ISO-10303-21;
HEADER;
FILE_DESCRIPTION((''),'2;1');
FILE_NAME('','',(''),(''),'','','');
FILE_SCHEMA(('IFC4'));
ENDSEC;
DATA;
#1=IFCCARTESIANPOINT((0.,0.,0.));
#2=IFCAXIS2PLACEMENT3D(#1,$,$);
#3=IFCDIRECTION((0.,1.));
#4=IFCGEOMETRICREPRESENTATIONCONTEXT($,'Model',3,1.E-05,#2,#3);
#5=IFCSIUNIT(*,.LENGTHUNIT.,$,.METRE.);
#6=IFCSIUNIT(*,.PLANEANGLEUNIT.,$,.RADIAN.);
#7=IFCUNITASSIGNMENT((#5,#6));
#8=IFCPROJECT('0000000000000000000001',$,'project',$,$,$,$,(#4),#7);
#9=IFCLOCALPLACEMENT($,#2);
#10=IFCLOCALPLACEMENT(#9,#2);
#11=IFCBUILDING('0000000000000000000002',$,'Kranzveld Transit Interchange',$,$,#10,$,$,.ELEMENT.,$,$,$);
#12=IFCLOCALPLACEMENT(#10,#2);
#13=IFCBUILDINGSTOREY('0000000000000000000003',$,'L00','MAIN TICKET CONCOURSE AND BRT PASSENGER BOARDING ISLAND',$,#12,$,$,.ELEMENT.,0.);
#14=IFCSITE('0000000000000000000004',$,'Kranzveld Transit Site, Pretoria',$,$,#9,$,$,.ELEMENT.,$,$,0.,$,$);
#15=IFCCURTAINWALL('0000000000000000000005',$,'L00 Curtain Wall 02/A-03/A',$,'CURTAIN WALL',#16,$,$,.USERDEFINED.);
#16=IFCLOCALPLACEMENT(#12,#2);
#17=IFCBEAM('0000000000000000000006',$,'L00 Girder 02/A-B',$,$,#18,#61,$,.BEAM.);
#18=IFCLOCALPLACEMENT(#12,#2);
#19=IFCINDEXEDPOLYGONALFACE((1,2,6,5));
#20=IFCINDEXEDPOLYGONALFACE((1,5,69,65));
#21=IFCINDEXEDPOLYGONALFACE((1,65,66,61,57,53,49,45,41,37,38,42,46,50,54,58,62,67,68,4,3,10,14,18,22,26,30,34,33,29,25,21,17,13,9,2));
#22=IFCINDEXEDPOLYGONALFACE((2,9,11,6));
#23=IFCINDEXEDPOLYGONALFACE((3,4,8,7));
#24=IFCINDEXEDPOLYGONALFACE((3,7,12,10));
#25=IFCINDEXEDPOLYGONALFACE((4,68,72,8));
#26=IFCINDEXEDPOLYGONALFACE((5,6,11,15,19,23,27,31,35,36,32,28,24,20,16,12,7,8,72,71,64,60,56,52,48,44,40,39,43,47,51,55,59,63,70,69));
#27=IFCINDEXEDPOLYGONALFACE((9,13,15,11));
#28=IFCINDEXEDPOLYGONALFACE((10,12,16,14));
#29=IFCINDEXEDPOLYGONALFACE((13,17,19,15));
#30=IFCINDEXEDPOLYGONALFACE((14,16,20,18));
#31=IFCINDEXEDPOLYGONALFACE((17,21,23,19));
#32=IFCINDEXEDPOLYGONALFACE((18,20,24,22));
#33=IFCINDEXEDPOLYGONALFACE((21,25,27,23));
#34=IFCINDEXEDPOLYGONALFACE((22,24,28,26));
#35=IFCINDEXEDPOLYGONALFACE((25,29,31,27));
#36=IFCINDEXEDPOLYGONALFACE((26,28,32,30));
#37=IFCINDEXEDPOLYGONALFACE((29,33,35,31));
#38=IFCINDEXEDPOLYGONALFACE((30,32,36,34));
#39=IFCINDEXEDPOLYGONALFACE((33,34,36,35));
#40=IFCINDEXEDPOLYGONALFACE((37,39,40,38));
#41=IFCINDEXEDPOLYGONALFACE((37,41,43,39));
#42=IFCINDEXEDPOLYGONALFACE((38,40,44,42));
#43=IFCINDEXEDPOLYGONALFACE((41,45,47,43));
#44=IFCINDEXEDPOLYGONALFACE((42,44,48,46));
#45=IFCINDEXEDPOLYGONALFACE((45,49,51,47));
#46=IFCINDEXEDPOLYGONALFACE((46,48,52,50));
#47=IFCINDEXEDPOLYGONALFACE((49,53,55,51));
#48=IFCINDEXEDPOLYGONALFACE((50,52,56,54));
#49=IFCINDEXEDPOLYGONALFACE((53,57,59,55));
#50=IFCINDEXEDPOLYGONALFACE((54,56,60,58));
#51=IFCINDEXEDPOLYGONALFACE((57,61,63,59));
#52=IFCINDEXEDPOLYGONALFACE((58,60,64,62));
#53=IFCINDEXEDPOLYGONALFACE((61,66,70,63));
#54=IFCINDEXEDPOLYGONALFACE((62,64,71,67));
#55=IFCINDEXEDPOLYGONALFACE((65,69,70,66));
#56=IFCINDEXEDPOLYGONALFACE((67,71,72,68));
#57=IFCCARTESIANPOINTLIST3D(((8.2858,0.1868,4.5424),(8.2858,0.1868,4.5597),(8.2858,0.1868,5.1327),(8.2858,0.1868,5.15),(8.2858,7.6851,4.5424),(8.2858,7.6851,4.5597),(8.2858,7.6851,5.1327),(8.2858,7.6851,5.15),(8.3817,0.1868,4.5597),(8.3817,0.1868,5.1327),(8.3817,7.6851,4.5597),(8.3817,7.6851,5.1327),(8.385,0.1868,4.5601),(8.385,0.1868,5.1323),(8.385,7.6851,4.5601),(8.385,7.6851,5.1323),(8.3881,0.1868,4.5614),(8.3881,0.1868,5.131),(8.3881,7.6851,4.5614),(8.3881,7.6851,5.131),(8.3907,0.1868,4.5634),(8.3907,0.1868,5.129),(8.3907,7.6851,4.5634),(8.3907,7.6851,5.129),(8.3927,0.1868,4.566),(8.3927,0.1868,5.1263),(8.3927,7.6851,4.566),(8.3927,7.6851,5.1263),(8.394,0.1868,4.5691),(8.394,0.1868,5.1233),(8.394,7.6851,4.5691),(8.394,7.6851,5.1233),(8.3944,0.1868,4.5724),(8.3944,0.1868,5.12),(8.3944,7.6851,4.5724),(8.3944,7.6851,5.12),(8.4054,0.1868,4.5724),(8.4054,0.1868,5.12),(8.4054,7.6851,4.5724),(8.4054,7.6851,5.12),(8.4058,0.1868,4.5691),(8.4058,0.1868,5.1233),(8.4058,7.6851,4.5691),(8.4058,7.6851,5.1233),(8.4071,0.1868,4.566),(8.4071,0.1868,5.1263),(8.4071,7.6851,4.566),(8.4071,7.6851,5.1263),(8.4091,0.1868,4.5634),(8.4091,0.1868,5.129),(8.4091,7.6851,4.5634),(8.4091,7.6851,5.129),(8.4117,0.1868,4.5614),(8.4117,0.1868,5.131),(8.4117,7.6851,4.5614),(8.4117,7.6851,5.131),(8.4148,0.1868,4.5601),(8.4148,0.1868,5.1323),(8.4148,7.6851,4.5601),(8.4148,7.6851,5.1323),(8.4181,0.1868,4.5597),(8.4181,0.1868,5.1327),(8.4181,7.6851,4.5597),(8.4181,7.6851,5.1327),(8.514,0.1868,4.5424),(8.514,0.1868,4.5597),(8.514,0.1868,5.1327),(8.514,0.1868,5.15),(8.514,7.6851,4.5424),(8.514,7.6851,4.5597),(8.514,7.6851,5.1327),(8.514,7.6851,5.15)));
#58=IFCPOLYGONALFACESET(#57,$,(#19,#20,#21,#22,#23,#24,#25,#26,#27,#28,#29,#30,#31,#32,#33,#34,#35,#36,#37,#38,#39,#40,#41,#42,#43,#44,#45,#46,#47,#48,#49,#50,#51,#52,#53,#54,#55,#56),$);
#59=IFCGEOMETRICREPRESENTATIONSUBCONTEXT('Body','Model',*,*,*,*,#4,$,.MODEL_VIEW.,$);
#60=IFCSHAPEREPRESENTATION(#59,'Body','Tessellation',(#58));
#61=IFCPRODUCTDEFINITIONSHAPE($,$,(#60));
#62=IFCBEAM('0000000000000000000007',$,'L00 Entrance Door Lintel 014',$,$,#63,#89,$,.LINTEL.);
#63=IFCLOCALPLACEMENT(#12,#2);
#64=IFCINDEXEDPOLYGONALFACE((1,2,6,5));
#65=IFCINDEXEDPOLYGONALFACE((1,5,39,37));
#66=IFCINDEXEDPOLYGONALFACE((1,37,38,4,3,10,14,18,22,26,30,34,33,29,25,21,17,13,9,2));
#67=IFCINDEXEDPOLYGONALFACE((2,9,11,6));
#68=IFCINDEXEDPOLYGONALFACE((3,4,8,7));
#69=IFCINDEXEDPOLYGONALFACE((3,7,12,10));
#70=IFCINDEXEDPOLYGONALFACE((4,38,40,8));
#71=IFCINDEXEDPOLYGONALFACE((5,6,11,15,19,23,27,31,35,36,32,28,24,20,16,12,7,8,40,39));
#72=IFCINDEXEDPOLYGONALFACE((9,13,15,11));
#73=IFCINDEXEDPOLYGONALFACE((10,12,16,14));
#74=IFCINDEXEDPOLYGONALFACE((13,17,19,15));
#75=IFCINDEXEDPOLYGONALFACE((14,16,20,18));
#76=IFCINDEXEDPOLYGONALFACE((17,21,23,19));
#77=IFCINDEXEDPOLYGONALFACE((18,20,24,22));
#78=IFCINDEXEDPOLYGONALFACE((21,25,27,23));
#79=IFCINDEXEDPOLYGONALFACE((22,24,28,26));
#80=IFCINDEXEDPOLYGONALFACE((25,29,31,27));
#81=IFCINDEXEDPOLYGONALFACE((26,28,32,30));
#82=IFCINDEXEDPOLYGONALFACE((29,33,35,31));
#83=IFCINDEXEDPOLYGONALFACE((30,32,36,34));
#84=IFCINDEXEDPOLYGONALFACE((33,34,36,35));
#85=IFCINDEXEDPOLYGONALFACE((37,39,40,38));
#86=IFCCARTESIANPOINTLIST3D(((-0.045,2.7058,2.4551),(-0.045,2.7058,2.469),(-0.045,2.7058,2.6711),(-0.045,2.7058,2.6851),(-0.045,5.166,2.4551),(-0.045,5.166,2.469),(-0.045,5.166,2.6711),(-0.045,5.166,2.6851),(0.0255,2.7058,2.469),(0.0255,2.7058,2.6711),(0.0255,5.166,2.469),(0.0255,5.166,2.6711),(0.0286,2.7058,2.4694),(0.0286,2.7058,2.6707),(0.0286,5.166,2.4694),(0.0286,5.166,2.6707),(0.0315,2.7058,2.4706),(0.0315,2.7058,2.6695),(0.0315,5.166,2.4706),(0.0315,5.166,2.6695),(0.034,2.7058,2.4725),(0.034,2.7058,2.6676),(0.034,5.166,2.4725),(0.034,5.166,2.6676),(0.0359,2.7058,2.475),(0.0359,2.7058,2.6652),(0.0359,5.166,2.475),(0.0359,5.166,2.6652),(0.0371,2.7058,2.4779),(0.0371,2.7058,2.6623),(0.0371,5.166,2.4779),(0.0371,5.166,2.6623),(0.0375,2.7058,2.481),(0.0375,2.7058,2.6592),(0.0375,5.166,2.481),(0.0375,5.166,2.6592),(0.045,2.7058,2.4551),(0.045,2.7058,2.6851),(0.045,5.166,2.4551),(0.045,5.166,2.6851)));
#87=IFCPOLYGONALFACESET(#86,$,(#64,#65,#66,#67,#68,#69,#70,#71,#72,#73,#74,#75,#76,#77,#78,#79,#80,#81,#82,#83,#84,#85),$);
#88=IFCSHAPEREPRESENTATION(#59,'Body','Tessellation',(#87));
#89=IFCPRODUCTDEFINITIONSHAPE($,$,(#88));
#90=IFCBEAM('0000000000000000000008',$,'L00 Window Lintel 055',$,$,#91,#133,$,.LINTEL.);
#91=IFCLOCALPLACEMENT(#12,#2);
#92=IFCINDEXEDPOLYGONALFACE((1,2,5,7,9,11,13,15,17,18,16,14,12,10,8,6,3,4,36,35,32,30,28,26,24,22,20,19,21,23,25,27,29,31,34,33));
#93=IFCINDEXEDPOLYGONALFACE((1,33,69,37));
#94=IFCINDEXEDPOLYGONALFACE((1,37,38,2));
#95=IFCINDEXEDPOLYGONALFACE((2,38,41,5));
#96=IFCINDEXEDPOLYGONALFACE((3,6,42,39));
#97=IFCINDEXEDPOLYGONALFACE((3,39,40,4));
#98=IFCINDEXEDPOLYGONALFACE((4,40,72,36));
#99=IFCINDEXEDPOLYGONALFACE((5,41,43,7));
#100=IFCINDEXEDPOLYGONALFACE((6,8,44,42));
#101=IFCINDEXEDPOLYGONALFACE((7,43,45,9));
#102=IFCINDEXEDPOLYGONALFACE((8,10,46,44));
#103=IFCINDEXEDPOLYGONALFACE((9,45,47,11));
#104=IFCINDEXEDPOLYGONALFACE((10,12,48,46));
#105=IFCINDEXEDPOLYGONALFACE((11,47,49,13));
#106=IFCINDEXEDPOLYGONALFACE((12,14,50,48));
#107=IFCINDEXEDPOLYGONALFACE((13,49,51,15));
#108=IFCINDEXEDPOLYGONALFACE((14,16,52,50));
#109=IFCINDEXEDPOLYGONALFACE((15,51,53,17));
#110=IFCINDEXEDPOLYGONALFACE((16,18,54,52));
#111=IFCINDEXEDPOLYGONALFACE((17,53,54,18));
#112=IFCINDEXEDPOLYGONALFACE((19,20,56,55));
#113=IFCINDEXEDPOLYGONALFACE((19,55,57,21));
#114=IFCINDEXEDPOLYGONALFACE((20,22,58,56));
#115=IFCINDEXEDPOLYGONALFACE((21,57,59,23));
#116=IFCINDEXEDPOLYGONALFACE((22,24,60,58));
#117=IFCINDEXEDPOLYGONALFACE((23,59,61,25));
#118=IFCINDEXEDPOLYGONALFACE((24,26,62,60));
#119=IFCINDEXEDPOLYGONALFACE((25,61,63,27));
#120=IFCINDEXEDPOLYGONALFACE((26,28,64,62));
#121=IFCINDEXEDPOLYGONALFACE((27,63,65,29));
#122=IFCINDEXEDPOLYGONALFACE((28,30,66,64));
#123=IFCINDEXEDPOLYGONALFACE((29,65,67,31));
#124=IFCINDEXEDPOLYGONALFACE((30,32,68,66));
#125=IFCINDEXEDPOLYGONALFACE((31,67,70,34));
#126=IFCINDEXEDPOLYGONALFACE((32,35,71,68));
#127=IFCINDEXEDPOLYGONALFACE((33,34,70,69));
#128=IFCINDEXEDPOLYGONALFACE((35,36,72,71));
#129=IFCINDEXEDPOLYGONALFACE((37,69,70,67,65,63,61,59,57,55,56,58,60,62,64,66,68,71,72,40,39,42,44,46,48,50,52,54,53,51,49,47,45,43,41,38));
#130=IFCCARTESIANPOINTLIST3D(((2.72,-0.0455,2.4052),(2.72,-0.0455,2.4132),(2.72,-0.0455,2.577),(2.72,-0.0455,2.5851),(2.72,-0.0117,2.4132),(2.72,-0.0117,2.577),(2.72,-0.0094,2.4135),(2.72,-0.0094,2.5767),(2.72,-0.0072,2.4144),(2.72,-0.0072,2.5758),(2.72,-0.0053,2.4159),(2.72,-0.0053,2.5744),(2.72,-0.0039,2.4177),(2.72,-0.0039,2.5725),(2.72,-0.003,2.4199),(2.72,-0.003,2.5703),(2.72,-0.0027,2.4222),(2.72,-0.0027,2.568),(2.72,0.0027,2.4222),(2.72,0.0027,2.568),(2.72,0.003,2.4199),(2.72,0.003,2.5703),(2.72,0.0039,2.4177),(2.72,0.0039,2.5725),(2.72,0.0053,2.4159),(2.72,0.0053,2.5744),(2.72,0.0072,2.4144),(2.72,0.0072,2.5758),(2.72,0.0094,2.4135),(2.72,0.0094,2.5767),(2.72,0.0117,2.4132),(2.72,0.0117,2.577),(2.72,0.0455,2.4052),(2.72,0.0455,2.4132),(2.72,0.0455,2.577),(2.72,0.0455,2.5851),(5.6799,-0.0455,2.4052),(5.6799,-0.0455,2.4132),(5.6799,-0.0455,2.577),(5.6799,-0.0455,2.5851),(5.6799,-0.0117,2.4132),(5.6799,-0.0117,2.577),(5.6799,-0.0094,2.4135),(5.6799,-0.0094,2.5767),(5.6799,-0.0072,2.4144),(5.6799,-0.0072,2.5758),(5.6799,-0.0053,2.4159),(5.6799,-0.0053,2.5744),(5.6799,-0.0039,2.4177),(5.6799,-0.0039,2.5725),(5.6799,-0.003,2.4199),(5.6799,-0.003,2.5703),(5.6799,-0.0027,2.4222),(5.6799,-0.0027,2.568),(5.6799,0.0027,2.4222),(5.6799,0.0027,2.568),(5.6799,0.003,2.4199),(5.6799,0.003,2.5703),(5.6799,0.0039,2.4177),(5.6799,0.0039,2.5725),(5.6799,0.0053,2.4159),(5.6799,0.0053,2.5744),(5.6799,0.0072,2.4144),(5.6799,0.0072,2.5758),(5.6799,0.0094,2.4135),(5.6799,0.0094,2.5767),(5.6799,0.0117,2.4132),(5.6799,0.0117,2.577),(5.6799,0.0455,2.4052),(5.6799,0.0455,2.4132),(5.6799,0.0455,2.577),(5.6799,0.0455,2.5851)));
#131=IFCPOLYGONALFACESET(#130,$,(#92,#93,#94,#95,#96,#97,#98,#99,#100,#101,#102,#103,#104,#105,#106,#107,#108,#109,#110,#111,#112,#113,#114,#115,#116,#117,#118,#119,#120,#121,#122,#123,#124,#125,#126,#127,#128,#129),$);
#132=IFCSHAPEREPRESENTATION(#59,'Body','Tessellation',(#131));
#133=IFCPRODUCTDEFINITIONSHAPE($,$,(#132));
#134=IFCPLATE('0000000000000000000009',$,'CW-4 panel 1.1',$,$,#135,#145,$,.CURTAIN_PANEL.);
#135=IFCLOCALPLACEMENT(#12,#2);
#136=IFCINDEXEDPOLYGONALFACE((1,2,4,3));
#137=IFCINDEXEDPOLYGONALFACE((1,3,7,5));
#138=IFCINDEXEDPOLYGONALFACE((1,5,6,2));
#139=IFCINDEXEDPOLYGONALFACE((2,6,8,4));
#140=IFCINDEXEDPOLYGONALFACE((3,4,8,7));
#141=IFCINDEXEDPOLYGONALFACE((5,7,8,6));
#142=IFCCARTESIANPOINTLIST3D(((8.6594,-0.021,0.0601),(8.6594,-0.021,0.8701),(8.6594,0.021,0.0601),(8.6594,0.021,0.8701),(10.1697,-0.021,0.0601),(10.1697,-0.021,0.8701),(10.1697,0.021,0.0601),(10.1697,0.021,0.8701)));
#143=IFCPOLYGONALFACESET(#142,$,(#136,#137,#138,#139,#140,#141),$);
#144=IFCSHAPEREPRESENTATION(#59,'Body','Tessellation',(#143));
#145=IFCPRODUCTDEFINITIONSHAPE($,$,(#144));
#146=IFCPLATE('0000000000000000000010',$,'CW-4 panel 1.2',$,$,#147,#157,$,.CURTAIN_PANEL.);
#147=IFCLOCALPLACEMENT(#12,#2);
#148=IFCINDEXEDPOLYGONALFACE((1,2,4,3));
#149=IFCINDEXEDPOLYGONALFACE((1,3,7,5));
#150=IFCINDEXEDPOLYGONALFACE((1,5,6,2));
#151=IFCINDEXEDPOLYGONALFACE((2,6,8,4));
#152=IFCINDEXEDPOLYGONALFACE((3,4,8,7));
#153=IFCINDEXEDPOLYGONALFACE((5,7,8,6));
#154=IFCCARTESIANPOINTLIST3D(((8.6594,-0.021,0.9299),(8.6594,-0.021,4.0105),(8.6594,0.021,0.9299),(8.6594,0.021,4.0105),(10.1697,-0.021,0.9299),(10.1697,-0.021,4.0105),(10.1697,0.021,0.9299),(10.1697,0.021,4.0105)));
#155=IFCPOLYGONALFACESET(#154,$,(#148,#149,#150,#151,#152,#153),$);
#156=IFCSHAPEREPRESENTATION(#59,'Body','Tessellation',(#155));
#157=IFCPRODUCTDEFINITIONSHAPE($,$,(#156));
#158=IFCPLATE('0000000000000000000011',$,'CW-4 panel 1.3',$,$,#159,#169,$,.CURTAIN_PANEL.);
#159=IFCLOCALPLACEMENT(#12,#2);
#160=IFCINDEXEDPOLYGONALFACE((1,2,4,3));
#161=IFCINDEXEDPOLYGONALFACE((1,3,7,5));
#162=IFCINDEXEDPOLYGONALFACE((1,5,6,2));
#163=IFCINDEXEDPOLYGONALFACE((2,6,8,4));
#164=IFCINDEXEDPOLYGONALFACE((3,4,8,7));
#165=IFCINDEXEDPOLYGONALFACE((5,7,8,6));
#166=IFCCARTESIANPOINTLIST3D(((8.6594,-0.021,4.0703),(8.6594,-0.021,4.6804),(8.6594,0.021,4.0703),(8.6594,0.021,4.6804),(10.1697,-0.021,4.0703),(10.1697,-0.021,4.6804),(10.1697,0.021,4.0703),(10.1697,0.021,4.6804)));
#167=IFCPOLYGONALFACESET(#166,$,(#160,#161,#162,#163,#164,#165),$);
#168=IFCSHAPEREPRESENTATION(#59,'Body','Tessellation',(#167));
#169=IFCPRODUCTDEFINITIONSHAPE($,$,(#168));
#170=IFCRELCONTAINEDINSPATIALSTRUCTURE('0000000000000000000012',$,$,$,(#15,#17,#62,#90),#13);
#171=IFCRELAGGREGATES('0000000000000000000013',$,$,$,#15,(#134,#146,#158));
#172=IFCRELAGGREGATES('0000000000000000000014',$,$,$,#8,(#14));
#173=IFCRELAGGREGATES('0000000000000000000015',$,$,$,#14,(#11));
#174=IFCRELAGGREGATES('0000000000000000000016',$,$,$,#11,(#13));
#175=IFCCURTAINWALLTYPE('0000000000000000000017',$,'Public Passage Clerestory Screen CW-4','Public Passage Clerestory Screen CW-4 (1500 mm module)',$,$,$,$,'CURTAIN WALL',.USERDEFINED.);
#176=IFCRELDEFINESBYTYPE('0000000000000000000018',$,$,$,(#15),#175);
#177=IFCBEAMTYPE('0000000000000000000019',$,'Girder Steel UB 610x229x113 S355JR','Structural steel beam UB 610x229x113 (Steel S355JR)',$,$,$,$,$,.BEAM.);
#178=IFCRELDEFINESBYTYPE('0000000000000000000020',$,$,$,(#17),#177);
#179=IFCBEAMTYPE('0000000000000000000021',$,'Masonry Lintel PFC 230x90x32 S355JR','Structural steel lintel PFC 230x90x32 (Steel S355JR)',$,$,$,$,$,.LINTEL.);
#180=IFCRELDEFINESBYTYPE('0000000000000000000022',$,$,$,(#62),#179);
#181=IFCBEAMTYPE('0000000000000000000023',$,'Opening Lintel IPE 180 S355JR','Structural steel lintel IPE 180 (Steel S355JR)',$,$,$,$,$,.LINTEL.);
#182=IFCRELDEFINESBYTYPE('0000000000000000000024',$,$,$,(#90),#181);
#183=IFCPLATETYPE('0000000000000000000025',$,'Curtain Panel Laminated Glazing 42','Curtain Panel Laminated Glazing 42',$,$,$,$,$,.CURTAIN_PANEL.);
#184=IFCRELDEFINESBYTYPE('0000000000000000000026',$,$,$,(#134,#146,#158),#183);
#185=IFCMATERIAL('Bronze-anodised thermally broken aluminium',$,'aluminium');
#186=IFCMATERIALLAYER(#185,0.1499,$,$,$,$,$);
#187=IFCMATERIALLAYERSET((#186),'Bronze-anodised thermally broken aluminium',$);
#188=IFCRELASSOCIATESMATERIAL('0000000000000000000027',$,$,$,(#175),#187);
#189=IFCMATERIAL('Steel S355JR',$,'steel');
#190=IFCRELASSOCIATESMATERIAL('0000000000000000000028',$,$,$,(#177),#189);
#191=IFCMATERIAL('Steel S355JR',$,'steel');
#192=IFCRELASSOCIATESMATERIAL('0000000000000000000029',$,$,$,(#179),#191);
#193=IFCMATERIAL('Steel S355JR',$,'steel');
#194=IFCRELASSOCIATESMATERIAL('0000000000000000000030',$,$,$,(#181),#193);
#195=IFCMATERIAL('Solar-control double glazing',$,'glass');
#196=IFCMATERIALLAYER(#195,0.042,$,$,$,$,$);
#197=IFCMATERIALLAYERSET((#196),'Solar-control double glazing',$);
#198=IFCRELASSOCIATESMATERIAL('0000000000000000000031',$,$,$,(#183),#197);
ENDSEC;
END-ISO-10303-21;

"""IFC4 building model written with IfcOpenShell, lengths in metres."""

from ifc_helpers import new_model, si_unit, direction, frame, origin, origin_2d, place, context, subcontext, project, spatial, rectangle, i_section, u_section, extrude, material, layer, layer_set, material_profile, profile_set, type_object, element, aggregate, save


model = new_model("IFC4")

# Units and contexts
model_context = context("Model", 3, precision=1e-05, world=origin(), true_north=direction((0.0, 1.0)))
body_context = subcontext(model_context, "Body", "Model", "MODEL_VIEW")
ifc_project = project(units=[si_unit("LENGTHUNIT", "METRE"), si_unit("PLANEANGLEUNIT", "RADIAN")], contexts=[model_context])

# Site, building, storey
site_placement = place(None, origin())
site = spatial("IfcSite", under=ifc_project, at=site_placement, Name="Kranzveld Transit Site, Pretoria", CompositionType="ELEMENT", RefElevation=0.0)
building_placement = place(site_placement, origin())
building = spatial("IfcBuilding", under=site, at=building_placement, Name="Kranzveld Transit Interchange", CompositionType="ELEMENT")
storey_placement = place(building_placement, origin())
storey = spatial("IfcBuildingStorey", under=building, at=storey_placement, Name="L00", Description="MAIN TICKET CONCOURSE AND BRT PASSENGER BOARDING ISLAND", CompositionType="ELEMENT", Elevation=0.0)

# Curtain wall
ifc_material_1 = material(Name="Bronze-anodised thermally broken aluminium", Category="aluminium")
ifc_layer_1 = layer(ifc_material_1, 0.1499)
ifc_layer_set_1 = layer_set([ifc_layer_1], Name="Bronze-anodised thermally broken aluminium")
curtain_wall_type = type_object("IfcCurtainWallType", Name="Public Passage Clerestory Screen CW-4", Description="Public Passage Clerestory Screen CW-4 (1500 mm module)", ElementType="CURTAIN WALL", PredefinedType="USERDEFINED", material=ifc_layer_set_1)
curtain_wall_placement = place(storey_placement, origin())
curtain_wall = element("IfcCurtainWall", 1, at=curtain_wall_placement, inside=storey, type_object=curtain_wall_type, Name="L00 Curtain Wall 02/A-03/A", ObjectType="CURTAIN WALL", PredefinedType="USERDEFINED")

# Beams
ifc_material_2 = material(Name="Steel S355JR", Category="steel")
ifc_material_profile_1 = material_profile(ifc_material_2, i_section(OverallWidth=0.2283, OverallDepth=0.6077, WebThickness=0.011, FlangeThickness=0.0173, FilletRadius=0.0127, at=origin_2d()), Name="UB 610x229x113")
ifc_profile_set_1 = profile_set([ifc_material_profile_1], Name="Steel S355JR")
beam_type_1 = type_object("IfcBeamType", Name="Girder Steel UB 610x229x113 S355JR", Description="Structural steel beam UB 610x229x113 (Steel S355JR)", PredefinedType="BEAM", material=ifc_profile_set_1)
beam_1_placement = place(storey_placement, frame((8.3999, 0.1868, 4.8462), z_axis=(0.0, 1.0, 0.0), x_axis=(-1.0, 0.0, 0.0)))
element("IfcBeam", 2, at=beam_1_placement, inside=storey, type_object=beam_type_1, Name="L00 Girder 02/A-B", PredefinedType="BEAM", context=body_context, shape_type="SweptSolid", body=[
    extrude(i_section(OverallWidth=0.2283, OverallDepth=0.6077, WebThickness=0.011, FlangeThickness=0.0173, FilletRadius=0.0127, at=origin_2d()), origin(), (0.0, 0.0, 1.0), 7.4983),
])
ifc_material_3 = material(Name="Steel S355JR", Category="steel")
ifc_material_profile_2 = material_profile(ifc_material_3, u_section(Depth=0.23, FlangeWidth=0.0901, WebThickness=0.0076, FlangeThickness=0.0139, FilletRadius=0.012, at=origin_2d()), Name="PFC 230x90x32")
ifc_profile_set_2 = profile_set([ifc_material_profile_2], Name="Steel S355JR")
beam_type_2 = type_object("IfcBeamType", Name="Masonry Lintel PFC 230x90x32 S355JR", Description="Structural steel lintel PFC 230x90x32 (Steel S355JR)", PredefinedType="LINTEL", material=ifc_profile_set_2)
beam_2_placement = place(storey_placement, frame((0.0, 2.7058, 2.5701), z_axis=(0.0, 1.0, 0.0), x_axis=(-1.0, 0.0, 0.0)))
element("IfcBeam", 3, at=beam_2_placement, inside=storey, type_object=beam_type_2, Name="L00 Entrance Door Lintel 014", PredefinedType="LINTEL", context=body_context, shape_type="SweptSolid", body=[
    extrude(u_section(Depth=0.23, FlangeWidth=0.0901, WebThickness=0.0076, FlangeThickness=0.0139, FilletRadius=0.012, at=origin_2d()), origin(), (0.0, 0.0, 1.0), 2.4602),
])
ifc_material_4 = material(Name="Steel S355JR", Category="steel")
ifc_material_profile_3 = material_profile(ifc_material_4, i_section(OverallWidth=0.0911, OverallDepth=0.1799, WebThickness=0.0054, FlangeThickness=0.0081, FilletRadius=0.009, at=origin_2d()), Name="IPE 180")
ifc_profile_set_3 = profile_set([ifc_material_profile_3], Name="Steel S355JR")
beam_type_3 = type_object("IfcBeamType", Name="Opening Lintel IPE 180 S355JR", Description="Structural steel lintel IPE 180 (Steel S355JR)", PredefinedType="LINTEL", material=ifc_profile_set_3)
beam_3_placement = place(storey_placement, frame((2.72, 0.0, 2.4951), z_axis=(1.0, 0.0, 0.0), x_axis=(0.0, 1.0, 0.0)))
element("IfcBeam", 4, at=beam_3_placement, inside=storey, type_object=beam_type_3, Name="L00 Window Lintel 055", PredefinedType="LINTEL", context=body_context, shape_type="SweptSolid", body=[
    extrude(i_section(OverallWidth=0.0911, OverallDepth=0.1799, WebThickness=0.0054, FlangeThickness=0.0081, FilletRadius=0.009, at=origin_2d()), origin(), (0.0, 0.0, 1.0), 2.96),
])

# Plates
ifc_material_5 = material(Name="Solar-control double glazing", Category="glass")
ifc_layer_2 = layer(ifc_material_5, 0.042)
ifc_layer_set_2 = layer_set([ifc_layer_2], Name="Solar-control double glazing")
plate_type = type_object("IfcPlateType", Name="Curtain Panel Laminated Glazing 42", Description="Curtain Panel Laminated Glazing 42", PredefinedType="CURTAIN_PANEL", material=ifc_layer_set_2)
plate_1_placement = place(storey_placement, frame((9.4146, 0.0, 0.0601), z_axis=(0.0, 0.0, 1.0), x_axis=(1.0, 0.0, 0.0)))
plate_1 = element("IfcPlate", 5, at=plate_1_placement, type_object=plate_type, Name="CW-4 panel 1.1", PredefinedType="CURTAIN_PANEL", context=body_context, shape_type="SweptSolid", body=[
    extrude(rectangle(XDim=1.5103, YDim=0.042, at=origin_2d()), origin(), (0.0, 0.0, 1.0), 0.8101),
])
plate_2_placement = place(storey_placement, frame((9.4146, 0.0, 0.9299), z_axis=(0.0, 0.0, 1.0), x_axis=(1.0, 0.0, 0.0)))
plate_2 = element("IfcPlate", 6, at=plate_2_placement, type_object=plate_type, Name="CW-4 panel 1.2", PredefinedType="CURTAIN_PANEL", context=body_context, shape_type="SweptSolid", body=[
    extrude(rectangle(XDim=1.5103, YDim=0.042, at=origin_2d()), origin(), (0.0, 0.0, 1.0), 3.0806),
])
plate_3_placement = place(storey_placement, frame((9.4146, 0.0, 4.0703), z_axis=(0.0, 0.0, 1.0), x_axis=(1.0, 0.0, 0.0)))
plate_3 = element("IfcPlate", 7, at=plate_3_placement, type_object=plate_type, Name="CW-4 panel 1.3", PredefinedType="CURTAIN_PANEL", context=body_context, shape_type="SweptSolid", body=[
    extrude(rectangle(XDim=1.5103, YDim=0.042, at=origin_2d()), origin(), (0.0, 0.0, 1.0), 0.6101),
])
aggregate(curtain_wall, [plate_1, plate_2, plate_3])

save(model, "model.ifc")
